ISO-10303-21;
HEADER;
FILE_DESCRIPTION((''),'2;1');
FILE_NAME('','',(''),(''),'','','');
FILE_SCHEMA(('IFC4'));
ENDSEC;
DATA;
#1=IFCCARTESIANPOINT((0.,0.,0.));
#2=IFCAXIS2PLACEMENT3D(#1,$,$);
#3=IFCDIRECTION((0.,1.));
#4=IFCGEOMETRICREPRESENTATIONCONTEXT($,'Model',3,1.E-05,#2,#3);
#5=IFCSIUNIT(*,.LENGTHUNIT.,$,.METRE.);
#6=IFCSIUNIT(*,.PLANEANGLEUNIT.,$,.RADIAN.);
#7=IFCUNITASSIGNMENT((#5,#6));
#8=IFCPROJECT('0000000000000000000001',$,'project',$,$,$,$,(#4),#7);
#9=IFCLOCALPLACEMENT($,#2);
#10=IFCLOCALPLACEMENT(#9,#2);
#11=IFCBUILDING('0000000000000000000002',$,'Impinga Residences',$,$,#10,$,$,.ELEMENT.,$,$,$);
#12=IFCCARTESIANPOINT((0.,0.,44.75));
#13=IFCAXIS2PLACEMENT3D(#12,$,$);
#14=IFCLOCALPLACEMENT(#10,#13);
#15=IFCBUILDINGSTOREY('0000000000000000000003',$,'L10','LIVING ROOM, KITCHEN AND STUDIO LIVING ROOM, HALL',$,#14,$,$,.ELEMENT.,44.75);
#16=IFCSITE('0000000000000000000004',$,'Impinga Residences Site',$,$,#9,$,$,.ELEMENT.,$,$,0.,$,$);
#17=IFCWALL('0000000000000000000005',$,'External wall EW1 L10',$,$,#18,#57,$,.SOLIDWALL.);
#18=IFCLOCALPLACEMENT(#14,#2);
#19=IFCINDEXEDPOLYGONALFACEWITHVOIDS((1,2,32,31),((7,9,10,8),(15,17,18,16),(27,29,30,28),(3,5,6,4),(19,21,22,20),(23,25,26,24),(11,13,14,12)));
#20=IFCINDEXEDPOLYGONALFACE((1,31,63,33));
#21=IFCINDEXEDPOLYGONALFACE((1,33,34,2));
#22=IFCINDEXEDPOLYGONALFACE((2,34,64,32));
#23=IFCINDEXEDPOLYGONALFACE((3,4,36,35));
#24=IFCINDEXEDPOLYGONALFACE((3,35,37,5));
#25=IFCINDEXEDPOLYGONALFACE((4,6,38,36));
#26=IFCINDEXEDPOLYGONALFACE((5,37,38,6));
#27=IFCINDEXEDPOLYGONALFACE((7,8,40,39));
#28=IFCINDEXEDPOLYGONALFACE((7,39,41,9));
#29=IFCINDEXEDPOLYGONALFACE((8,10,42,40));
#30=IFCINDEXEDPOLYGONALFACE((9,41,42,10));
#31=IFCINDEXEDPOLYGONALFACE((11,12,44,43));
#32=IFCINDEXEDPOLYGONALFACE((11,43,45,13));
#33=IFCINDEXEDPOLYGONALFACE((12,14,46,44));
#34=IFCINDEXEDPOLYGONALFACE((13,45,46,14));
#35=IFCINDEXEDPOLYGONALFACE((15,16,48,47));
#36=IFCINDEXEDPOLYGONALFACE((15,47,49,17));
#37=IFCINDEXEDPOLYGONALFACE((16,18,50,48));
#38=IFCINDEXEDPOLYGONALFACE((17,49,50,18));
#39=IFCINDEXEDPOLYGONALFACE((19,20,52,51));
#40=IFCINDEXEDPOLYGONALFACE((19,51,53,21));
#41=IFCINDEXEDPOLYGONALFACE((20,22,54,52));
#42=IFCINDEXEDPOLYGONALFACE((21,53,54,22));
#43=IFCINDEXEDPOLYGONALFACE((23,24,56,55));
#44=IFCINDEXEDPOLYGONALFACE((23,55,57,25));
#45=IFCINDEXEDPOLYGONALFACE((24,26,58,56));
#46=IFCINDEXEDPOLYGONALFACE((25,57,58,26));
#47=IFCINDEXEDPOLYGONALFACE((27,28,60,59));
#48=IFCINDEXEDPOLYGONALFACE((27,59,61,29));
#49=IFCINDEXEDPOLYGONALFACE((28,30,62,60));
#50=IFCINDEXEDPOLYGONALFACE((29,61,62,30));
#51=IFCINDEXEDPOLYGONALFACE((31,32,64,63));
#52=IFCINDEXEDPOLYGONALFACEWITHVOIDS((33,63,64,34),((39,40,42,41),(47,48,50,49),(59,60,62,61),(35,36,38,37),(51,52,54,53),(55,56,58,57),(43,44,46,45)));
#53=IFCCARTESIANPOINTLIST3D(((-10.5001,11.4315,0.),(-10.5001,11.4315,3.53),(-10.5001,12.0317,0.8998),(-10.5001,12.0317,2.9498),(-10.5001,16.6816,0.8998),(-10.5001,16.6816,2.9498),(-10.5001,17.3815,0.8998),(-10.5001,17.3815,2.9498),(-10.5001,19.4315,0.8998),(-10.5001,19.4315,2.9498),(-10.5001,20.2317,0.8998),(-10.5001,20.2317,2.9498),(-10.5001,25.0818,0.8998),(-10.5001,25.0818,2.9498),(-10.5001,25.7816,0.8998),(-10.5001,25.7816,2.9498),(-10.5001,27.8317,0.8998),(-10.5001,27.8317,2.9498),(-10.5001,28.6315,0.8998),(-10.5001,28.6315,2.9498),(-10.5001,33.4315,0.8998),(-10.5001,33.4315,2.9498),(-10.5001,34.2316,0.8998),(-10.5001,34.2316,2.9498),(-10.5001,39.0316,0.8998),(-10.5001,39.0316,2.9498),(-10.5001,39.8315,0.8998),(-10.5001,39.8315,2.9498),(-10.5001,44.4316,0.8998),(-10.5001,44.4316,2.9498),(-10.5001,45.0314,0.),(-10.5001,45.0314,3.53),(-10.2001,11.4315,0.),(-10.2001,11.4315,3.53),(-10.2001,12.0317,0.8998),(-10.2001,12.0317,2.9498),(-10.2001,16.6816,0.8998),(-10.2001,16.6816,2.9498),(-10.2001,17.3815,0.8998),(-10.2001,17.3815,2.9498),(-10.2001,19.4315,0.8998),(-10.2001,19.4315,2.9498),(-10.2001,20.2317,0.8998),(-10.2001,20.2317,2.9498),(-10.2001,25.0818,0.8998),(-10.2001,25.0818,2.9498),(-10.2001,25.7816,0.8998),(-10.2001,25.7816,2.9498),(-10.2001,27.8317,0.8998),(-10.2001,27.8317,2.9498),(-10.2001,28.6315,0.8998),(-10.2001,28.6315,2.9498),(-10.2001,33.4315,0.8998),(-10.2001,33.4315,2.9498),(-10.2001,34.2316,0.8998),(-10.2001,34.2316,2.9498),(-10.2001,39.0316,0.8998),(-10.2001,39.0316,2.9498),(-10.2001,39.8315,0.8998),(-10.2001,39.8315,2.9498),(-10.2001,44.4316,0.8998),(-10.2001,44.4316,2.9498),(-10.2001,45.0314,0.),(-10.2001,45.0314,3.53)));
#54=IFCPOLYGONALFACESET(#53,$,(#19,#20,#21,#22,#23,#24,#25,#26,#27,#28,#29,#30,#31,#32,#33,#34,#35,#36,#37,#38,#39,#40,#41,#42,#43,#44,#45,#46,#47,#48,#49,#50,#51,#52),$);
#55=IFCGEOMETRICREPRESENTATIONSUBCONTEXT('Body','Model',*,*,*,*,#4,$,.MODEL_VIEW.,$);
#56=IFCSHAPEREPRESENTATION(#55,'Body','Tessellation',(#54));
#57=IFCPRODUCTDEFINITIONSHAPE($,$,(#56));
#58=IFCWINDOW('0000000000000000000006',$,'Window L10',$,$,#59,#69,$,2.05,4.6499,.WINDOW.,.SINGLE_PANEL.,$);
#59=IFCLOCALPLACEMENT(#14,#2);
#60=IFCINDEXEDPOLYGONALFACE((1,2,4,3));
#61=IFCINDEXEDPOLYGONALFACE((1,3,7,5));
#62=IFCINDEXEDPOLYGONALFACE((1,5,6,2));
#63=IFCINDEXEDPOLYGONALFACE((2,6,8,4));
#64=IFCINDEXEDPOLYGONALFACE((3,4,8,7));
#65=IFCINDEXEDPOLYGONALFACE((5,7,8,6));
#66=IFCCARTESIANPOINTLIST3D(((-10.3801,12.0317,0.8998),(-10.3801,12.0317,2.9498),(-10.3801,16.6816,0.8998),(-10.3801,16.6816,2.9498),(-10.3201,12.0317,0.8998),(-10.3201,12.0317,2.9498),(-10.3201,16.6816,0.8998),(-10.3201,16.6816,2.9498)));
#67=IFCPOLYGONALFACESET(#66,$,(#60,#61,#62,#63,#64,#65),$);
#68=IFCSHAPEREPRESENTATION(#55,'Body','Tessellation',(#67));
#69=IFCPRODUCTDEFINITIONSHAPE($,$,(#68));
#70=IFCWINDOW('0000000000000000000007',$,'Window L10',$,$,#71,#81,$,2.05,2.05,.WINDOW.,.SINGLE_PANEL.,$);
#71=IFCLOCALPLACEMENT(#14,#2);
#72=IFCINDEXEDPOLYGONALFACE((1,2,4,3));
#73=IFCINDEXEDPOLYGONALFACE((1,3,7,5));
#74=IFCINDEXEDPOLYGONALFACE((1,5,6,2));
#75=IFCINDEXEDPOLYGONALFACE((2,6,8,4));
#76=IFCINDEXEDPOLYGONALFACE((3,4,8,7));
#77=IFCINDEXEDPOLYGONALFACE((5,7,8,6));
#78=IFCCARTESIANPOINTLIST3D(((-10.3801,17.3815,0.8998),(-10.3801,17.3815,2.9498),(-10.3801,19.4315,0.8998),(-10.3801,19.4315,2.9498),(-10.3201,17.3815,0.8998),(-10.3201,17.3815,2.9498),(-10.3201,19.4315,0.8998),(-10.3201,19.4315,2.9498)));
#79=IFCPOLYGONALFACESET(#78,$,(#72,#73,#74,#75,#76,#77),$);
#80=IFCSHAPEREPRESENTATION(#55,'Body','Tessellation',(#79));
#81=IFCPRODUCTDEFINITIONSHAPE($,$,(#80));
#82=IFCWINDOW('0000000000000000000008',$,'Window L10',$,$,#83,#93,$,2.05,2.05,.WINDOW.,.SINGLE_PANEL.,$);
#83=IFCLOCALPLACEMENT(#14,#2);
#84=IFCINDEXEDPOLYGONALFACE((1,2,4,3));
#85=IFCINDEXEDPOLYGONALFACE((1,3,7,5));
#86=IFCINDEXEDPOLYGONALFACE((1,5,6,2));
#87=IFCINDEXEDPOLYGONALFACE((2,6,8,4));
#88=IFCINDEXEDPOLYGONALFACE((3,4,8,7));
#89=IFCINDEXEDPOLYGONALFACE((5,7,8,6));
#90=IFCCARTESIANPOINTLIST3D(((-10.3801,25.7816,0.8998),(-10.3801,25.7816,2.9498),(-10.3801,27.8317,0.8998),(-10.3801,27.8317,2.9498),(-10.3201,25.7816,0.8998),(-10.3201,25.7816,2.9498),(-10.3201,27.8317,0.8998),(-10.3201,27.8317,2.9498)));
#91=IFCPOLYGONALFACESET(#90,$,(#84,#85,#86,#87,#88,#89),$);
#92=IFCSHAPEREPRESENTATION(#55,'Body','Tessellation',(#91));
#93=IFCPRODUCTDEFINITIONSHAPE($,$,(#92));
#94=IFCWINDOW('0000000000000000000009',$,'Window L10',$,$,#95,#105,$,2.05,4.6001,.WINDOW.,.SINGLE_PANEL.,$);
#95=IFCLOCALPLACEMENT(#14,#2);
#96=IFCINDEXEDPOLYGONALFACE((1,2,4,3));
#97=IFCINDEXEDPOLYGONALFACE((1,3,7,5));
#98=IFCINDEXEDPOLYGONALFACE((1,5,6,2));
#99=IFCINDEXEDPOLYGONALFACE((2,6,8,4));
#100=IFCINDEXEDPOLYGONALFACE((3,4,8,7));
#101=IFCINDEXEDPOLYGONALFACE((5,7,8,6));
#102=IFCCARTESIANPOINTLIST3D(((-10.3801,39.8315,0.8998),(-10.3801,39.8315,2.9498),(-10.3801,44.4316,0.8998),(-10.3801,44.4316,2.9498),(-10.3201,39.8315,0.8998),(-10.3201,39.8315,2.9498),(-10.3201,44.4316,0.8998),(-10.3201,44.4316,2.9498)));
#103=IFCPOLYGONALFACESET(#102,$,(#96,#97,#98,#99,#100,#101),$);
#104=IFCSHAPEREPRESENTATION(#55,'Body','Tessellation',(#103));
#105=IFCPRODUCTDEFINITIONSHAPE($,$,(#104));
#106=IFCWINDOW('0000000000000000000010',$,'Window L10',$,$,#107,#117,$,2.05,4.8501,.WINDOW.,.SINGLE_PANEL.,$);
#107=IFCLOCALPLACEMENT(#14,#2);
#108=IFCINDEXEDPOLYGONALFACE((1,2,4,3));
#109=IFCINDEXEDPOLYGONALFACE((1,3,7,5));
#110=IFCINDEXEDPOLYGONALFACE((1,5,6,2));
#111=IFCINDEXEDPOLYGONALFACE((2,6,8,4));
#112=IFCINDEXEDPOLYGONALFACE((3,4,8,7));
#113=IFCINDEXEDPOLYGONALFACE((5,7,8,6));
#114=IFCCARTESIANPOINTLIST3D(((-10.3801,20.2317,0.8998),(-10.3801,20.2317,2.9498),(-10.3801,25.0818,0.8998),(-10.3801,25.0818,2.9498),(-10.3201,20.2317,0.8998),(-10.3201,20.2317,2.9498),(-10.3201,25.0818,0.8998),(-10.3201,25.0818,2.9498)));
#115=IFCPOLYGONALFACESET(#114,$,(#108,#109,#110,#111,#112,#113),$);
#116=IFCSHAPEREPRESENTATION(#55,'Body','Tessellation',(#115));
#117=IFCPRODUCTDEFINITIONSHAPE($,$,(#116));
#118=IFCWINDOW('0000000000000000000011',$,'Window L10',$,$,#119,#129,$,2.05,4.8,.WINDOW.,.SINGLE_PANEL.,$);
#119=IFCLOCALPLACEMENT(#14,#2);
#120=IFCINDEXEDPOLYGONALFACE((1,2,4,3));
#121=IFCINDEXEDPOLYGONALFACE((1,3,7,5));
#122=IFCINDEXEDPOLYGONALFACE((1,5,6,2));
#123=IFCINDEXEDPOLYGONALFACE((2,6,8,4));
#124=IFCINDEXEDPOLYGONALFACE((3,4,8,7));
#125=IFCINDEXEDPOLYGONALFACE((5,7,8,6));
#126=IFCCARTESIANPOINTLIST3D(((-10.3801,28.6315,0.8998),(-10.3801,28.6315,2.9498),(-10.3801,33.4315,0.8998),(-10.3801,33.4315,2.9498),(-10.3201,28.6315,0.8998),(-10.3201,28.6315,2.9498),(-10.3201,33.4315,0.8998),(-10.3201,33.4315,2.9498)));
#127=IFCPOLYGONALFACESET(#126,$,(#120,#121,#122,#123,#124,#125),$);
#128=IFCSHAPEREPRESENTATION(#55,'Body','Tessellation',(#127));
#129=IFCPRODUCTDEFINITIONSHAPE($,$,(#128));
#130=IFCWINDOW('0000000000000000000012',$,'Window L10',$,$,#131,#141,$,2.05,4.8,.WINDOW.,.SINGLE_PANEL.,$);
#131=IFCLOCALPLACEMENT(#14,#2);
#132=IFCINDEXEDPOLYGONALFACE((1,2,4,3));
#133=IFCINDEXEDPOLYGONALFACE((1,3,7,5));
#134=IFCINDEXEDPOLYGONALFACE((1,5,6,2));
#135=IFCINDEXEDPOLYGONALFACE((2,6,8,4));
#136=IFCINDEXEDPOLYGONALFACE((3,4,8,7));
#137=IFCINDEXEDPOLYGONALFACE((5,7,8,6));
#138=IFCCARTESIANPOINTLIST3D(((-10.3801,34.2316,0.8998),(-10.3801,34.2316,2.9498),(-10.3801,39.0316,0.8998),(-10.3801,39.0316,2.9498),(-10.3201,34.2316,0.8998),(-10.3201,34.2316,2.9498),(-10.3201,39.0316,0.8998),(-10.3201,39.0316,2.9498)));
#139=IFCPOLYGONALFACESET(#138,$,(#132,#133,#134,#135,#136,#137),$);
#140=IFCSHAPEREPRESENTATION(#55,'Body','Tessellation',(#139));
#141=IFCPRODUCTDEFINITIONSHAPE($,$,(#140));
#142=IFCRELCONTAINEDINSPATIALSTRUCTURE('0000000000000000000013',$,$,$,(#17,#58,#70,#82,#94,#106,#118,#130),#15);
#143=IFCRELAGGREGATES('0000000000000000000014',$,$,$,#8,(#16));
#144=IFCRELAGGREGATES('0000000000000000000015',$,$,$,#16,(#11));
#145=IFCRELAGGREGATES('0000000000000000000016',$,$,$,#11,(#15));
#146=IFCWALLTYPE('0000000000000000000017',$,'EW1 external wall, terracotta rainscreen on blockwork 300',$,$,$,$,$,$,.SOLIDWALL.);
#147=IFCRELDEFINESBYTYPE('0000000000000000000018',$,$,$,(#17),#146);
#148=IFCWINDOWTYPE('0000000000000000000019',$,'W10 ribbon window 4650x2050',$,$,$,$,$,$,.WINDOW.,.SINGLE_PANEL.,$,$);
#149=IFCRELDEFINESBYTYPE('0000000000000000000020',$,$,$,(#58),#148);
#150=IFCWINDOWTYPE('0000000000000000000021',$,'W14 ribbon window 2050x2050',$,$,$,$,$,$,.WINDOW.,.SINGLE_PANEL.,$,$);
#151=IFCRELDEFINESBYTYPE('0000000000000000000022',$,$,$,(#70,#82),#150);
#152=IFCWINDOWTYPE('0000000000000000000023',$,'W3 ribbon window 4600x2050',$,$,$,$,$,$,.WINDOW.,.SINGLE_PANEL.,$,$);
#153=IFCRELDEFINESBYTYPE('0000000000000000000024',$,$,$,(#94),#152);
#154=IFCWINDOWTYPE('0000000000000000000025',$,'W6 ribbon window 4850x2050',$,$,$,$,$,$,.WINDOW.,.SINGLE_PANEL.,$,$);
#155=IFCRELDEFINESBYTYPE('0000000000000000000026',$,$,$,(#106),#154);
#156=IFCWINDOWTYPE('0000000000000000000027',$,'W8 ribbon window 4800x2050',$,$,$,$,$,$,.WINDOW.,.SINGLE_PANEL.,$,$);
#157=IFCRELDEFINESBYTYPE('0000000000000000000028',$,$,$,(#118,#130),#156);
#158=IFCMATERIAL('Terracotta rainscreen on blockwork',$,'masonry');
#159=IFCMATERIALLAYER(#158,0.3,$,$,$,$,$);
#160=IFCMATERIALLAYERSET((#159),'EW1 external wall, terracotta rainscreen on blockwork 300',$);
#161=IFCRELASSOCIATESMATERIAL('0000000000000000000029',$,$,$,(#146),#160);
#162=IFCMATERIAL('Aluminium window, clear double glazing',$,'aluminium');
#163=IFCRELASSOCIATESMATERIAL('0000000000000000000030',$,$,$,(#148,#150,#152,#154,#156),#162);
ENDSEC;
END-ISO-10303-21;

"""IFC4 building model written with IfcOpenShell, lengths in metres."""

from ifc_helpers import new_model, si_unit, direction, frame, frame_2d, origin, place, context, subcontext, project, spatial, rectangle, extrude, material, layer, layer_set, type_object, element, fill, save


model = new_model("IFC4")

# Units and contexts
model_context = context("Model", 3, precision=1e-05, world=origin(), true_north=direction((0.0, 1.0)))
body_context = subcontext(model_context, "Body", "Model", "MODEL_VIEW")
ifc_project = project(units=[si_unit("LENGTHUNIT", "METRE"), si_unit("PLANEANGLEUNIT", "RADIAN")], contexts=[model_context])

# Site, building, storey
site_placement = place(None, origin())
site = spatial("IfcSite", under=ifc_project, at=site_placement, Name="Impinga Residences Site", CompositionType="ELEMENT", RefElevation=0.0)
building_placement = place(site_placement, origin())
building = spatial("IfcBuilding", under=site, at=building_placement, Name="Impinga Residences", CompositionType="ELEMENT")
storey_placement = place(building_placement, frame((0.0, 0.0, 44.75)))
storey = spatial("IfcBuildingStorey", under=building, at=storey_placement, Name="L10", Description="LIVING ROOM, KITCHEN AND STUDIO LIVING ROOM, HALL", CompositionType="ELEMENT", Elevation=44.75)

# Shared definitions
ifc_material_1 = material(Name="Terracotta rainscreen on blockwork", Category="masonry")
ifc_layer_1 = layer(ifc_material_1, 0.3)
ifc_layer_set_1 = layer_set([ifc_layer_1], Name="EW1 external wall, terracotta rainscreen on blockwork 300")
wall_type_1 = type_object("IfcWallType", Name="EW1 external wall, terracotta rainscreen on blockwork 300", PredefinedType="SOLIDWALL", material=ifc_layer_set_1)

# Wall, openings, windows
wall_1_placement = place(storey_placement, frame((-10.3501, 11.4316, 0.0), z_axis=(0.0, 0.0, 1.0), x_axis=(0.0, 1.0, 0.0)))
wall_1 = element("IfcWall", 1, at=wall_1_placement, inside=storey, type_object=wall_type_1, Name="External wall EW1 L10", PredefinedType="SOLIDWALL", context=body_context, shape_type="SweptSolid", body=[
    extrude(rectangle(XDim=33.5999, YDim=0.3, at=frame_2d((16.7998, 0.0))), origin(), (0.0, 0.0, 1.0), 3.53),
])
opening_1_placement = place(wall_1_placement, frame((0.6001, 0.0, 0.8999)))
opening_1 = element("IfcOpeningElement", 2, at=opening_1_placement, cuts=wall_1, PredefinedType="OPENING", context=body_context, shape_type="SweptSolid", body=[
    extrude(rectangle(XDim=4.6499, YDim=2.05, at=frame_2d((2.325, 1.0249))), frame((0.0, 0.1599, 0.0), z_axis=(0.0, -1.0, 0.0), x_axis=(1.0, 0.0, 0.0)), (0.0, 0.0, 1.0), 0.3201),
])
opening_2_placement = place(wall_1_placement, frame((5.95, 0.0, 0.8999)))
opening_2 = element("IfcOpeningElement", 3, at=opening_2_placement, cuts=wall_1, PredefinedType="OPENING", context=body_context, shape_type="SweptSolid", body=[
    extrude(rectangle(XDim=2.05, YDim=2.05, at=frame_2d((1.0249, 1.0249))), frame((0.0, 0.1599, 0.0), z_axis=(0.0, -1.0, 0.0), x_axis=(1.0, 0.0, 0.0)), (0.0, 0.0, 1.0), 0.3201),
])
opening_3_placement = place(wall_1_placement, frame((8.8, 0.0, 0.8999)))
opening_3 = element("IfcOpeningElement", 4, at=opening_3_placement, cuts=wall_1, PredefinedType="OPENING", context=body_context, shape_type="SweptSolid", body=[
    extrude(rectangle(XDim=4.8501, YDim=2.05, at=frame_2d((2.425, 1.0249))), frame((0.0, 0.1599, 0.0), z_axis=(0.0, -1.0, 0.0), x_axis=(1.0, 0.0, 0.0)), (0.0, 0.0, 1.0), 0.3201),
])
opening_4_placement = place(wall_1_placement, frame((14.3501, 0.0, 0.8999)))
opening_4 = element("IfcOpeningElement", 5, at=opening_4_placement, cuts=wall_1, PredefinedType="OPENING", context=body_context, shape_type="SweptSolid", body=[
    extrude(rectangle(XDim=2.05, YDim=2.05, at=frame_2d((1.0249, 1.0249))), frame((0.0, 0.1599, 0.0), z_axis=(0.0, -1.0, 0.0), x_axis=(1.0, 0.0, 0.0)), (0.0, 0.0, 1.0), 0.3201),
])
opening_5_placement = place(wall_1_placement, frame((17.2, 0.0, 0.8999)))
opening_5 = element("IfcOpeningElement", 6, at=opening_5_placement, cuts=wall_1, PredefinedType="OPENING", context=body_context, shape_type="SweptSolid", body=[
    extrude(rectangle(XDim=4.8, YDim=2.05, at=frame_2d((2.3999, 1.0249))), frame((0.0, 0.1599, 0.0), z_axis=(0.0, -1.0, 0.0), x_axis=(1.0, 0.0, 0.0)), (0.0, 0.0, 1.0), 0.3201),
])
opening_6_placement = place(wall_1_placement, frame((22.8, 0.0, 0.8999)))
opening_6 = element("IfcOpeningElement", 7, at=opening_6_placement, cuts=wall_1, PredefinedType="OPENING", context=body_context, shape_type="SweptSolid", body=[
    extrude(rectangle(XDim=4.8, YDim=2.05, at=frame_2d((2.3999, 1.0249))), frame((0.0, 0.1599, 0.0), z_axis=(0.0, -1.0, 0.0), x_axis=(1.0, 0.0, 0.0)), (0.0, 0.0, 1.0), 0.3201),
])
opening_7_placement = place(wall_1_placement, frame((28.3999, 0.0, 0.8999)))
opening_7 = element("IfcOpeningElement", 8, at=opening_7_placement, cuts=wall_1, PredefinedType="OPENING", context=body_context, shape_type="SweptSolid", body=[
    extrude(rectangle(XDim=4.6001, YDim=2.05, at=frame_2d((2.3, 1.0249))), frame((0.0, 0.1599, 0.0), z_axis=(0.0, -1.0, 0.0), x_axis=(1.0, 0.0, 0.0)), (0.0, 0.0, 1.0), 0.3201),
])
ifc_material_2 = material(Name="Aluminium window, clear double glazing", Category="aluminium")
window_type_1 = type_object("IfcWindowType", Name="W10 ribbon window 4650x2050", PartitioningType="SINGLE_PANEL", PredefinedType="WINDOW", material=ifc_material_2)
window_1_placement = place(opening_1_placement, origin())
window_1 = element("IfcWindow", 9, at=window_1_placement, inside=storey, type_object=window_type_1, Name="Window L10", OverallHeight=2.05, OverallWidth=4.6499, PartitioningType="SINGLE_PANEL", PredefinedType="WINDOW", context=body_context, shape_type="SweptSolid", body=[
    extrude(rectangle(XDim=4.6499, YDim=2.05, at=frame_2d((2.325, 1.0249))), frame((0.0, 0.03, 0.0), z_axis=(0.0, -1.0, 0.0), x_axis=(1.0, 0.0, 0.0)), (0.0, 0.0, 1.0), 0.0601),
])
fill(opening_1, window_1)
window_type_2 = type_object("IfcWindowType", Name="W14 ribbon window 2050x2050", PartitioningType="SINGLE_PANEL", PredefinedType="WINDOW", material=ifc_material_2)
window_2_placement = place(opening_2_placement, origin())
window_2 = element("IfcWindow", 10, at=window_2_placement, inside=storey, type_object=window_type_2, Name="Window L10", OverallHeight=2.05, OverallWidth=2.05, PartitioningType="SINGLE_PANEL", PredefinedType="WINDOW", context=body_context, shape_type="SweptSolid", body=[
    extrude(rectangle(XDim=2.05, YDim=2.05, at=frame_2d((1.0249, 1.0249))), frame((0.0, 0.03, 0.0), z_axis=(0.0, -1.0, 0.0), x_axis=(1.0, 0.0, 0.0)), (0.0, 0.0, 1.0), 0.0601),
])
fill(opening_2, window_2)
window_3_placement = place(opening_4_placement, origin())
window_3 = element("IfcWindow", 11, at=window_3_placement, inside=storey, type_object=window_type_2, Name="Window L10", OverallHeight=2.05, OverallWidth=2.05, PartitioningType="SINGLE_PANEL", PredefinedType="WINDOW", context=body_context, shape_type="SweptSolid", body=[
    extrude(rectangle(XDim=2.05, YDim=2.05, at=frame_2d((1.0249, 1.0249))), frame((0.0, 0.03, 0.0), z_axis=(0.0, -1.0, 0.0), x_axis=(1.0, 0.0, 0.0)), (0.0, 0.0, 1.0), 0.0601),
])
fill(opening_4, window_3)
window_type_3 = type_object("IfcWindowType", Name="W3 ribbon window 4600x2050", PartitioningType="SINGLE_PANEL", PredefinedType="WINDOW", material=ifc_material_2)
window_4_placement = place(opening_7_placement, origin())
window_4 = element("IfcWindow", 12, at=window_4_placement, inside=storey, type_object=window_type_3, Name="Window L10", OverallHeight=2.05, OverallWidth=4.6001, PartitioningType="SINGLE_PANEL", PredefinedType="WINDOW", context=body_context, shape_type="SweptSolid", body=[
    extrude(rectangle(XDim=4.6001, YDim=2.05, at=frame_2d((2.3, 1.0249))), frame((0.0, 0.03, 0.0), z_axis=(0.0, -1.0, 0.0), x_axis=(1.0, 0.0, 0.0)), (0.0, 0.0, 1.0), 0.0601),
])
fill(opening_7, window_4)
window_type_4 = type_object("IfcWindowType", Name="W6 ribbon window 4850x2050", PartitioningType="SINGLE_PANEL", PredefinedType="WINDOW", material=ifc_material_2)
window_5_placement = place(opening_3_placement, origin())
window_5 = element("IfcWindow", 13, at=window_5_placement, inside=storey, type_object=window_type_4, Name="Window L10", OverallHeight=2.05, OverallWidth=4.8501, PartitioningType="SINGLE_PANEL", PredefinedType="WINDOW", context=body_context, shape_type="SweptSolid", body=[
    extrude(rectangle(XDim=4.8501, YDim=2.05, at=frame_2d((2.425, 1.0249))), frame((0.0, 0.03, 0.0), z_axis=(0.0, -1.0, 0.0), x_axis=(1.0, 0.0, 0.0)), (0.0, 0.0, 1.0), 0.0601),
])
fill(opening_3, window_5)
window_type_5 = type_object("IfcWindowType", Name="W8 ribbon window 4800x2050", PartitioningType="SINGLE_PANEL", PredefinedType="WINDOW", material=ifc_material_2)
window_6_placement = place(opening_5_placement, origin())
window_6 = element("IfcWindow", 14, at=window_6_placement, inside=storey, type_object=window_type_5, Name="Window L10", OverallHeight=2.05, OverallWidth=4.8, PartitioningType="SINGLE_PANEL", PredefinedType="WINDOW", context=body_context, shape_type="SweptSolid", body=[
    extrude(rectangle(XDim=4.8, YDim=2.05, at=frame_2d((2.3999, 1.0249))), frame((0.0, 0.03, 0.0), z_axis=(0.0, -1.0, 0.0), x_axis=(1.0, 0.0, 0.0)), (0.0, 0.0, 1.0), 0.0601),
])
fill(opening_5, window_6)
window_7_placement = place(opening_6_placement, origin())
window_7 = element("IfcWindow", 15, at=window_7_placement, inside=storey, type_object=window_type_5, Name="Window L10", OverallHeight=2.05, OverallWidth=4.8, PartitioningType="SINGLE_PANEL", PredefinedType="WINDOW", context=body_context, shape_type="SweptSolid", body=[
    extrude(rectangle(XDim=4.8, YDim=2.05, at=frame_2d((2.3999, 1.0249))), frame((0.0, 0.03, 0.0), z_axis=(0.0, -1.0, 0.0), x_axis=(1.0, 0.0, 0.0)), (0.0, 0.0, 1.0), 0.0601),
])
fill(opening_6, window_7)

save(model, "model.ifc")
